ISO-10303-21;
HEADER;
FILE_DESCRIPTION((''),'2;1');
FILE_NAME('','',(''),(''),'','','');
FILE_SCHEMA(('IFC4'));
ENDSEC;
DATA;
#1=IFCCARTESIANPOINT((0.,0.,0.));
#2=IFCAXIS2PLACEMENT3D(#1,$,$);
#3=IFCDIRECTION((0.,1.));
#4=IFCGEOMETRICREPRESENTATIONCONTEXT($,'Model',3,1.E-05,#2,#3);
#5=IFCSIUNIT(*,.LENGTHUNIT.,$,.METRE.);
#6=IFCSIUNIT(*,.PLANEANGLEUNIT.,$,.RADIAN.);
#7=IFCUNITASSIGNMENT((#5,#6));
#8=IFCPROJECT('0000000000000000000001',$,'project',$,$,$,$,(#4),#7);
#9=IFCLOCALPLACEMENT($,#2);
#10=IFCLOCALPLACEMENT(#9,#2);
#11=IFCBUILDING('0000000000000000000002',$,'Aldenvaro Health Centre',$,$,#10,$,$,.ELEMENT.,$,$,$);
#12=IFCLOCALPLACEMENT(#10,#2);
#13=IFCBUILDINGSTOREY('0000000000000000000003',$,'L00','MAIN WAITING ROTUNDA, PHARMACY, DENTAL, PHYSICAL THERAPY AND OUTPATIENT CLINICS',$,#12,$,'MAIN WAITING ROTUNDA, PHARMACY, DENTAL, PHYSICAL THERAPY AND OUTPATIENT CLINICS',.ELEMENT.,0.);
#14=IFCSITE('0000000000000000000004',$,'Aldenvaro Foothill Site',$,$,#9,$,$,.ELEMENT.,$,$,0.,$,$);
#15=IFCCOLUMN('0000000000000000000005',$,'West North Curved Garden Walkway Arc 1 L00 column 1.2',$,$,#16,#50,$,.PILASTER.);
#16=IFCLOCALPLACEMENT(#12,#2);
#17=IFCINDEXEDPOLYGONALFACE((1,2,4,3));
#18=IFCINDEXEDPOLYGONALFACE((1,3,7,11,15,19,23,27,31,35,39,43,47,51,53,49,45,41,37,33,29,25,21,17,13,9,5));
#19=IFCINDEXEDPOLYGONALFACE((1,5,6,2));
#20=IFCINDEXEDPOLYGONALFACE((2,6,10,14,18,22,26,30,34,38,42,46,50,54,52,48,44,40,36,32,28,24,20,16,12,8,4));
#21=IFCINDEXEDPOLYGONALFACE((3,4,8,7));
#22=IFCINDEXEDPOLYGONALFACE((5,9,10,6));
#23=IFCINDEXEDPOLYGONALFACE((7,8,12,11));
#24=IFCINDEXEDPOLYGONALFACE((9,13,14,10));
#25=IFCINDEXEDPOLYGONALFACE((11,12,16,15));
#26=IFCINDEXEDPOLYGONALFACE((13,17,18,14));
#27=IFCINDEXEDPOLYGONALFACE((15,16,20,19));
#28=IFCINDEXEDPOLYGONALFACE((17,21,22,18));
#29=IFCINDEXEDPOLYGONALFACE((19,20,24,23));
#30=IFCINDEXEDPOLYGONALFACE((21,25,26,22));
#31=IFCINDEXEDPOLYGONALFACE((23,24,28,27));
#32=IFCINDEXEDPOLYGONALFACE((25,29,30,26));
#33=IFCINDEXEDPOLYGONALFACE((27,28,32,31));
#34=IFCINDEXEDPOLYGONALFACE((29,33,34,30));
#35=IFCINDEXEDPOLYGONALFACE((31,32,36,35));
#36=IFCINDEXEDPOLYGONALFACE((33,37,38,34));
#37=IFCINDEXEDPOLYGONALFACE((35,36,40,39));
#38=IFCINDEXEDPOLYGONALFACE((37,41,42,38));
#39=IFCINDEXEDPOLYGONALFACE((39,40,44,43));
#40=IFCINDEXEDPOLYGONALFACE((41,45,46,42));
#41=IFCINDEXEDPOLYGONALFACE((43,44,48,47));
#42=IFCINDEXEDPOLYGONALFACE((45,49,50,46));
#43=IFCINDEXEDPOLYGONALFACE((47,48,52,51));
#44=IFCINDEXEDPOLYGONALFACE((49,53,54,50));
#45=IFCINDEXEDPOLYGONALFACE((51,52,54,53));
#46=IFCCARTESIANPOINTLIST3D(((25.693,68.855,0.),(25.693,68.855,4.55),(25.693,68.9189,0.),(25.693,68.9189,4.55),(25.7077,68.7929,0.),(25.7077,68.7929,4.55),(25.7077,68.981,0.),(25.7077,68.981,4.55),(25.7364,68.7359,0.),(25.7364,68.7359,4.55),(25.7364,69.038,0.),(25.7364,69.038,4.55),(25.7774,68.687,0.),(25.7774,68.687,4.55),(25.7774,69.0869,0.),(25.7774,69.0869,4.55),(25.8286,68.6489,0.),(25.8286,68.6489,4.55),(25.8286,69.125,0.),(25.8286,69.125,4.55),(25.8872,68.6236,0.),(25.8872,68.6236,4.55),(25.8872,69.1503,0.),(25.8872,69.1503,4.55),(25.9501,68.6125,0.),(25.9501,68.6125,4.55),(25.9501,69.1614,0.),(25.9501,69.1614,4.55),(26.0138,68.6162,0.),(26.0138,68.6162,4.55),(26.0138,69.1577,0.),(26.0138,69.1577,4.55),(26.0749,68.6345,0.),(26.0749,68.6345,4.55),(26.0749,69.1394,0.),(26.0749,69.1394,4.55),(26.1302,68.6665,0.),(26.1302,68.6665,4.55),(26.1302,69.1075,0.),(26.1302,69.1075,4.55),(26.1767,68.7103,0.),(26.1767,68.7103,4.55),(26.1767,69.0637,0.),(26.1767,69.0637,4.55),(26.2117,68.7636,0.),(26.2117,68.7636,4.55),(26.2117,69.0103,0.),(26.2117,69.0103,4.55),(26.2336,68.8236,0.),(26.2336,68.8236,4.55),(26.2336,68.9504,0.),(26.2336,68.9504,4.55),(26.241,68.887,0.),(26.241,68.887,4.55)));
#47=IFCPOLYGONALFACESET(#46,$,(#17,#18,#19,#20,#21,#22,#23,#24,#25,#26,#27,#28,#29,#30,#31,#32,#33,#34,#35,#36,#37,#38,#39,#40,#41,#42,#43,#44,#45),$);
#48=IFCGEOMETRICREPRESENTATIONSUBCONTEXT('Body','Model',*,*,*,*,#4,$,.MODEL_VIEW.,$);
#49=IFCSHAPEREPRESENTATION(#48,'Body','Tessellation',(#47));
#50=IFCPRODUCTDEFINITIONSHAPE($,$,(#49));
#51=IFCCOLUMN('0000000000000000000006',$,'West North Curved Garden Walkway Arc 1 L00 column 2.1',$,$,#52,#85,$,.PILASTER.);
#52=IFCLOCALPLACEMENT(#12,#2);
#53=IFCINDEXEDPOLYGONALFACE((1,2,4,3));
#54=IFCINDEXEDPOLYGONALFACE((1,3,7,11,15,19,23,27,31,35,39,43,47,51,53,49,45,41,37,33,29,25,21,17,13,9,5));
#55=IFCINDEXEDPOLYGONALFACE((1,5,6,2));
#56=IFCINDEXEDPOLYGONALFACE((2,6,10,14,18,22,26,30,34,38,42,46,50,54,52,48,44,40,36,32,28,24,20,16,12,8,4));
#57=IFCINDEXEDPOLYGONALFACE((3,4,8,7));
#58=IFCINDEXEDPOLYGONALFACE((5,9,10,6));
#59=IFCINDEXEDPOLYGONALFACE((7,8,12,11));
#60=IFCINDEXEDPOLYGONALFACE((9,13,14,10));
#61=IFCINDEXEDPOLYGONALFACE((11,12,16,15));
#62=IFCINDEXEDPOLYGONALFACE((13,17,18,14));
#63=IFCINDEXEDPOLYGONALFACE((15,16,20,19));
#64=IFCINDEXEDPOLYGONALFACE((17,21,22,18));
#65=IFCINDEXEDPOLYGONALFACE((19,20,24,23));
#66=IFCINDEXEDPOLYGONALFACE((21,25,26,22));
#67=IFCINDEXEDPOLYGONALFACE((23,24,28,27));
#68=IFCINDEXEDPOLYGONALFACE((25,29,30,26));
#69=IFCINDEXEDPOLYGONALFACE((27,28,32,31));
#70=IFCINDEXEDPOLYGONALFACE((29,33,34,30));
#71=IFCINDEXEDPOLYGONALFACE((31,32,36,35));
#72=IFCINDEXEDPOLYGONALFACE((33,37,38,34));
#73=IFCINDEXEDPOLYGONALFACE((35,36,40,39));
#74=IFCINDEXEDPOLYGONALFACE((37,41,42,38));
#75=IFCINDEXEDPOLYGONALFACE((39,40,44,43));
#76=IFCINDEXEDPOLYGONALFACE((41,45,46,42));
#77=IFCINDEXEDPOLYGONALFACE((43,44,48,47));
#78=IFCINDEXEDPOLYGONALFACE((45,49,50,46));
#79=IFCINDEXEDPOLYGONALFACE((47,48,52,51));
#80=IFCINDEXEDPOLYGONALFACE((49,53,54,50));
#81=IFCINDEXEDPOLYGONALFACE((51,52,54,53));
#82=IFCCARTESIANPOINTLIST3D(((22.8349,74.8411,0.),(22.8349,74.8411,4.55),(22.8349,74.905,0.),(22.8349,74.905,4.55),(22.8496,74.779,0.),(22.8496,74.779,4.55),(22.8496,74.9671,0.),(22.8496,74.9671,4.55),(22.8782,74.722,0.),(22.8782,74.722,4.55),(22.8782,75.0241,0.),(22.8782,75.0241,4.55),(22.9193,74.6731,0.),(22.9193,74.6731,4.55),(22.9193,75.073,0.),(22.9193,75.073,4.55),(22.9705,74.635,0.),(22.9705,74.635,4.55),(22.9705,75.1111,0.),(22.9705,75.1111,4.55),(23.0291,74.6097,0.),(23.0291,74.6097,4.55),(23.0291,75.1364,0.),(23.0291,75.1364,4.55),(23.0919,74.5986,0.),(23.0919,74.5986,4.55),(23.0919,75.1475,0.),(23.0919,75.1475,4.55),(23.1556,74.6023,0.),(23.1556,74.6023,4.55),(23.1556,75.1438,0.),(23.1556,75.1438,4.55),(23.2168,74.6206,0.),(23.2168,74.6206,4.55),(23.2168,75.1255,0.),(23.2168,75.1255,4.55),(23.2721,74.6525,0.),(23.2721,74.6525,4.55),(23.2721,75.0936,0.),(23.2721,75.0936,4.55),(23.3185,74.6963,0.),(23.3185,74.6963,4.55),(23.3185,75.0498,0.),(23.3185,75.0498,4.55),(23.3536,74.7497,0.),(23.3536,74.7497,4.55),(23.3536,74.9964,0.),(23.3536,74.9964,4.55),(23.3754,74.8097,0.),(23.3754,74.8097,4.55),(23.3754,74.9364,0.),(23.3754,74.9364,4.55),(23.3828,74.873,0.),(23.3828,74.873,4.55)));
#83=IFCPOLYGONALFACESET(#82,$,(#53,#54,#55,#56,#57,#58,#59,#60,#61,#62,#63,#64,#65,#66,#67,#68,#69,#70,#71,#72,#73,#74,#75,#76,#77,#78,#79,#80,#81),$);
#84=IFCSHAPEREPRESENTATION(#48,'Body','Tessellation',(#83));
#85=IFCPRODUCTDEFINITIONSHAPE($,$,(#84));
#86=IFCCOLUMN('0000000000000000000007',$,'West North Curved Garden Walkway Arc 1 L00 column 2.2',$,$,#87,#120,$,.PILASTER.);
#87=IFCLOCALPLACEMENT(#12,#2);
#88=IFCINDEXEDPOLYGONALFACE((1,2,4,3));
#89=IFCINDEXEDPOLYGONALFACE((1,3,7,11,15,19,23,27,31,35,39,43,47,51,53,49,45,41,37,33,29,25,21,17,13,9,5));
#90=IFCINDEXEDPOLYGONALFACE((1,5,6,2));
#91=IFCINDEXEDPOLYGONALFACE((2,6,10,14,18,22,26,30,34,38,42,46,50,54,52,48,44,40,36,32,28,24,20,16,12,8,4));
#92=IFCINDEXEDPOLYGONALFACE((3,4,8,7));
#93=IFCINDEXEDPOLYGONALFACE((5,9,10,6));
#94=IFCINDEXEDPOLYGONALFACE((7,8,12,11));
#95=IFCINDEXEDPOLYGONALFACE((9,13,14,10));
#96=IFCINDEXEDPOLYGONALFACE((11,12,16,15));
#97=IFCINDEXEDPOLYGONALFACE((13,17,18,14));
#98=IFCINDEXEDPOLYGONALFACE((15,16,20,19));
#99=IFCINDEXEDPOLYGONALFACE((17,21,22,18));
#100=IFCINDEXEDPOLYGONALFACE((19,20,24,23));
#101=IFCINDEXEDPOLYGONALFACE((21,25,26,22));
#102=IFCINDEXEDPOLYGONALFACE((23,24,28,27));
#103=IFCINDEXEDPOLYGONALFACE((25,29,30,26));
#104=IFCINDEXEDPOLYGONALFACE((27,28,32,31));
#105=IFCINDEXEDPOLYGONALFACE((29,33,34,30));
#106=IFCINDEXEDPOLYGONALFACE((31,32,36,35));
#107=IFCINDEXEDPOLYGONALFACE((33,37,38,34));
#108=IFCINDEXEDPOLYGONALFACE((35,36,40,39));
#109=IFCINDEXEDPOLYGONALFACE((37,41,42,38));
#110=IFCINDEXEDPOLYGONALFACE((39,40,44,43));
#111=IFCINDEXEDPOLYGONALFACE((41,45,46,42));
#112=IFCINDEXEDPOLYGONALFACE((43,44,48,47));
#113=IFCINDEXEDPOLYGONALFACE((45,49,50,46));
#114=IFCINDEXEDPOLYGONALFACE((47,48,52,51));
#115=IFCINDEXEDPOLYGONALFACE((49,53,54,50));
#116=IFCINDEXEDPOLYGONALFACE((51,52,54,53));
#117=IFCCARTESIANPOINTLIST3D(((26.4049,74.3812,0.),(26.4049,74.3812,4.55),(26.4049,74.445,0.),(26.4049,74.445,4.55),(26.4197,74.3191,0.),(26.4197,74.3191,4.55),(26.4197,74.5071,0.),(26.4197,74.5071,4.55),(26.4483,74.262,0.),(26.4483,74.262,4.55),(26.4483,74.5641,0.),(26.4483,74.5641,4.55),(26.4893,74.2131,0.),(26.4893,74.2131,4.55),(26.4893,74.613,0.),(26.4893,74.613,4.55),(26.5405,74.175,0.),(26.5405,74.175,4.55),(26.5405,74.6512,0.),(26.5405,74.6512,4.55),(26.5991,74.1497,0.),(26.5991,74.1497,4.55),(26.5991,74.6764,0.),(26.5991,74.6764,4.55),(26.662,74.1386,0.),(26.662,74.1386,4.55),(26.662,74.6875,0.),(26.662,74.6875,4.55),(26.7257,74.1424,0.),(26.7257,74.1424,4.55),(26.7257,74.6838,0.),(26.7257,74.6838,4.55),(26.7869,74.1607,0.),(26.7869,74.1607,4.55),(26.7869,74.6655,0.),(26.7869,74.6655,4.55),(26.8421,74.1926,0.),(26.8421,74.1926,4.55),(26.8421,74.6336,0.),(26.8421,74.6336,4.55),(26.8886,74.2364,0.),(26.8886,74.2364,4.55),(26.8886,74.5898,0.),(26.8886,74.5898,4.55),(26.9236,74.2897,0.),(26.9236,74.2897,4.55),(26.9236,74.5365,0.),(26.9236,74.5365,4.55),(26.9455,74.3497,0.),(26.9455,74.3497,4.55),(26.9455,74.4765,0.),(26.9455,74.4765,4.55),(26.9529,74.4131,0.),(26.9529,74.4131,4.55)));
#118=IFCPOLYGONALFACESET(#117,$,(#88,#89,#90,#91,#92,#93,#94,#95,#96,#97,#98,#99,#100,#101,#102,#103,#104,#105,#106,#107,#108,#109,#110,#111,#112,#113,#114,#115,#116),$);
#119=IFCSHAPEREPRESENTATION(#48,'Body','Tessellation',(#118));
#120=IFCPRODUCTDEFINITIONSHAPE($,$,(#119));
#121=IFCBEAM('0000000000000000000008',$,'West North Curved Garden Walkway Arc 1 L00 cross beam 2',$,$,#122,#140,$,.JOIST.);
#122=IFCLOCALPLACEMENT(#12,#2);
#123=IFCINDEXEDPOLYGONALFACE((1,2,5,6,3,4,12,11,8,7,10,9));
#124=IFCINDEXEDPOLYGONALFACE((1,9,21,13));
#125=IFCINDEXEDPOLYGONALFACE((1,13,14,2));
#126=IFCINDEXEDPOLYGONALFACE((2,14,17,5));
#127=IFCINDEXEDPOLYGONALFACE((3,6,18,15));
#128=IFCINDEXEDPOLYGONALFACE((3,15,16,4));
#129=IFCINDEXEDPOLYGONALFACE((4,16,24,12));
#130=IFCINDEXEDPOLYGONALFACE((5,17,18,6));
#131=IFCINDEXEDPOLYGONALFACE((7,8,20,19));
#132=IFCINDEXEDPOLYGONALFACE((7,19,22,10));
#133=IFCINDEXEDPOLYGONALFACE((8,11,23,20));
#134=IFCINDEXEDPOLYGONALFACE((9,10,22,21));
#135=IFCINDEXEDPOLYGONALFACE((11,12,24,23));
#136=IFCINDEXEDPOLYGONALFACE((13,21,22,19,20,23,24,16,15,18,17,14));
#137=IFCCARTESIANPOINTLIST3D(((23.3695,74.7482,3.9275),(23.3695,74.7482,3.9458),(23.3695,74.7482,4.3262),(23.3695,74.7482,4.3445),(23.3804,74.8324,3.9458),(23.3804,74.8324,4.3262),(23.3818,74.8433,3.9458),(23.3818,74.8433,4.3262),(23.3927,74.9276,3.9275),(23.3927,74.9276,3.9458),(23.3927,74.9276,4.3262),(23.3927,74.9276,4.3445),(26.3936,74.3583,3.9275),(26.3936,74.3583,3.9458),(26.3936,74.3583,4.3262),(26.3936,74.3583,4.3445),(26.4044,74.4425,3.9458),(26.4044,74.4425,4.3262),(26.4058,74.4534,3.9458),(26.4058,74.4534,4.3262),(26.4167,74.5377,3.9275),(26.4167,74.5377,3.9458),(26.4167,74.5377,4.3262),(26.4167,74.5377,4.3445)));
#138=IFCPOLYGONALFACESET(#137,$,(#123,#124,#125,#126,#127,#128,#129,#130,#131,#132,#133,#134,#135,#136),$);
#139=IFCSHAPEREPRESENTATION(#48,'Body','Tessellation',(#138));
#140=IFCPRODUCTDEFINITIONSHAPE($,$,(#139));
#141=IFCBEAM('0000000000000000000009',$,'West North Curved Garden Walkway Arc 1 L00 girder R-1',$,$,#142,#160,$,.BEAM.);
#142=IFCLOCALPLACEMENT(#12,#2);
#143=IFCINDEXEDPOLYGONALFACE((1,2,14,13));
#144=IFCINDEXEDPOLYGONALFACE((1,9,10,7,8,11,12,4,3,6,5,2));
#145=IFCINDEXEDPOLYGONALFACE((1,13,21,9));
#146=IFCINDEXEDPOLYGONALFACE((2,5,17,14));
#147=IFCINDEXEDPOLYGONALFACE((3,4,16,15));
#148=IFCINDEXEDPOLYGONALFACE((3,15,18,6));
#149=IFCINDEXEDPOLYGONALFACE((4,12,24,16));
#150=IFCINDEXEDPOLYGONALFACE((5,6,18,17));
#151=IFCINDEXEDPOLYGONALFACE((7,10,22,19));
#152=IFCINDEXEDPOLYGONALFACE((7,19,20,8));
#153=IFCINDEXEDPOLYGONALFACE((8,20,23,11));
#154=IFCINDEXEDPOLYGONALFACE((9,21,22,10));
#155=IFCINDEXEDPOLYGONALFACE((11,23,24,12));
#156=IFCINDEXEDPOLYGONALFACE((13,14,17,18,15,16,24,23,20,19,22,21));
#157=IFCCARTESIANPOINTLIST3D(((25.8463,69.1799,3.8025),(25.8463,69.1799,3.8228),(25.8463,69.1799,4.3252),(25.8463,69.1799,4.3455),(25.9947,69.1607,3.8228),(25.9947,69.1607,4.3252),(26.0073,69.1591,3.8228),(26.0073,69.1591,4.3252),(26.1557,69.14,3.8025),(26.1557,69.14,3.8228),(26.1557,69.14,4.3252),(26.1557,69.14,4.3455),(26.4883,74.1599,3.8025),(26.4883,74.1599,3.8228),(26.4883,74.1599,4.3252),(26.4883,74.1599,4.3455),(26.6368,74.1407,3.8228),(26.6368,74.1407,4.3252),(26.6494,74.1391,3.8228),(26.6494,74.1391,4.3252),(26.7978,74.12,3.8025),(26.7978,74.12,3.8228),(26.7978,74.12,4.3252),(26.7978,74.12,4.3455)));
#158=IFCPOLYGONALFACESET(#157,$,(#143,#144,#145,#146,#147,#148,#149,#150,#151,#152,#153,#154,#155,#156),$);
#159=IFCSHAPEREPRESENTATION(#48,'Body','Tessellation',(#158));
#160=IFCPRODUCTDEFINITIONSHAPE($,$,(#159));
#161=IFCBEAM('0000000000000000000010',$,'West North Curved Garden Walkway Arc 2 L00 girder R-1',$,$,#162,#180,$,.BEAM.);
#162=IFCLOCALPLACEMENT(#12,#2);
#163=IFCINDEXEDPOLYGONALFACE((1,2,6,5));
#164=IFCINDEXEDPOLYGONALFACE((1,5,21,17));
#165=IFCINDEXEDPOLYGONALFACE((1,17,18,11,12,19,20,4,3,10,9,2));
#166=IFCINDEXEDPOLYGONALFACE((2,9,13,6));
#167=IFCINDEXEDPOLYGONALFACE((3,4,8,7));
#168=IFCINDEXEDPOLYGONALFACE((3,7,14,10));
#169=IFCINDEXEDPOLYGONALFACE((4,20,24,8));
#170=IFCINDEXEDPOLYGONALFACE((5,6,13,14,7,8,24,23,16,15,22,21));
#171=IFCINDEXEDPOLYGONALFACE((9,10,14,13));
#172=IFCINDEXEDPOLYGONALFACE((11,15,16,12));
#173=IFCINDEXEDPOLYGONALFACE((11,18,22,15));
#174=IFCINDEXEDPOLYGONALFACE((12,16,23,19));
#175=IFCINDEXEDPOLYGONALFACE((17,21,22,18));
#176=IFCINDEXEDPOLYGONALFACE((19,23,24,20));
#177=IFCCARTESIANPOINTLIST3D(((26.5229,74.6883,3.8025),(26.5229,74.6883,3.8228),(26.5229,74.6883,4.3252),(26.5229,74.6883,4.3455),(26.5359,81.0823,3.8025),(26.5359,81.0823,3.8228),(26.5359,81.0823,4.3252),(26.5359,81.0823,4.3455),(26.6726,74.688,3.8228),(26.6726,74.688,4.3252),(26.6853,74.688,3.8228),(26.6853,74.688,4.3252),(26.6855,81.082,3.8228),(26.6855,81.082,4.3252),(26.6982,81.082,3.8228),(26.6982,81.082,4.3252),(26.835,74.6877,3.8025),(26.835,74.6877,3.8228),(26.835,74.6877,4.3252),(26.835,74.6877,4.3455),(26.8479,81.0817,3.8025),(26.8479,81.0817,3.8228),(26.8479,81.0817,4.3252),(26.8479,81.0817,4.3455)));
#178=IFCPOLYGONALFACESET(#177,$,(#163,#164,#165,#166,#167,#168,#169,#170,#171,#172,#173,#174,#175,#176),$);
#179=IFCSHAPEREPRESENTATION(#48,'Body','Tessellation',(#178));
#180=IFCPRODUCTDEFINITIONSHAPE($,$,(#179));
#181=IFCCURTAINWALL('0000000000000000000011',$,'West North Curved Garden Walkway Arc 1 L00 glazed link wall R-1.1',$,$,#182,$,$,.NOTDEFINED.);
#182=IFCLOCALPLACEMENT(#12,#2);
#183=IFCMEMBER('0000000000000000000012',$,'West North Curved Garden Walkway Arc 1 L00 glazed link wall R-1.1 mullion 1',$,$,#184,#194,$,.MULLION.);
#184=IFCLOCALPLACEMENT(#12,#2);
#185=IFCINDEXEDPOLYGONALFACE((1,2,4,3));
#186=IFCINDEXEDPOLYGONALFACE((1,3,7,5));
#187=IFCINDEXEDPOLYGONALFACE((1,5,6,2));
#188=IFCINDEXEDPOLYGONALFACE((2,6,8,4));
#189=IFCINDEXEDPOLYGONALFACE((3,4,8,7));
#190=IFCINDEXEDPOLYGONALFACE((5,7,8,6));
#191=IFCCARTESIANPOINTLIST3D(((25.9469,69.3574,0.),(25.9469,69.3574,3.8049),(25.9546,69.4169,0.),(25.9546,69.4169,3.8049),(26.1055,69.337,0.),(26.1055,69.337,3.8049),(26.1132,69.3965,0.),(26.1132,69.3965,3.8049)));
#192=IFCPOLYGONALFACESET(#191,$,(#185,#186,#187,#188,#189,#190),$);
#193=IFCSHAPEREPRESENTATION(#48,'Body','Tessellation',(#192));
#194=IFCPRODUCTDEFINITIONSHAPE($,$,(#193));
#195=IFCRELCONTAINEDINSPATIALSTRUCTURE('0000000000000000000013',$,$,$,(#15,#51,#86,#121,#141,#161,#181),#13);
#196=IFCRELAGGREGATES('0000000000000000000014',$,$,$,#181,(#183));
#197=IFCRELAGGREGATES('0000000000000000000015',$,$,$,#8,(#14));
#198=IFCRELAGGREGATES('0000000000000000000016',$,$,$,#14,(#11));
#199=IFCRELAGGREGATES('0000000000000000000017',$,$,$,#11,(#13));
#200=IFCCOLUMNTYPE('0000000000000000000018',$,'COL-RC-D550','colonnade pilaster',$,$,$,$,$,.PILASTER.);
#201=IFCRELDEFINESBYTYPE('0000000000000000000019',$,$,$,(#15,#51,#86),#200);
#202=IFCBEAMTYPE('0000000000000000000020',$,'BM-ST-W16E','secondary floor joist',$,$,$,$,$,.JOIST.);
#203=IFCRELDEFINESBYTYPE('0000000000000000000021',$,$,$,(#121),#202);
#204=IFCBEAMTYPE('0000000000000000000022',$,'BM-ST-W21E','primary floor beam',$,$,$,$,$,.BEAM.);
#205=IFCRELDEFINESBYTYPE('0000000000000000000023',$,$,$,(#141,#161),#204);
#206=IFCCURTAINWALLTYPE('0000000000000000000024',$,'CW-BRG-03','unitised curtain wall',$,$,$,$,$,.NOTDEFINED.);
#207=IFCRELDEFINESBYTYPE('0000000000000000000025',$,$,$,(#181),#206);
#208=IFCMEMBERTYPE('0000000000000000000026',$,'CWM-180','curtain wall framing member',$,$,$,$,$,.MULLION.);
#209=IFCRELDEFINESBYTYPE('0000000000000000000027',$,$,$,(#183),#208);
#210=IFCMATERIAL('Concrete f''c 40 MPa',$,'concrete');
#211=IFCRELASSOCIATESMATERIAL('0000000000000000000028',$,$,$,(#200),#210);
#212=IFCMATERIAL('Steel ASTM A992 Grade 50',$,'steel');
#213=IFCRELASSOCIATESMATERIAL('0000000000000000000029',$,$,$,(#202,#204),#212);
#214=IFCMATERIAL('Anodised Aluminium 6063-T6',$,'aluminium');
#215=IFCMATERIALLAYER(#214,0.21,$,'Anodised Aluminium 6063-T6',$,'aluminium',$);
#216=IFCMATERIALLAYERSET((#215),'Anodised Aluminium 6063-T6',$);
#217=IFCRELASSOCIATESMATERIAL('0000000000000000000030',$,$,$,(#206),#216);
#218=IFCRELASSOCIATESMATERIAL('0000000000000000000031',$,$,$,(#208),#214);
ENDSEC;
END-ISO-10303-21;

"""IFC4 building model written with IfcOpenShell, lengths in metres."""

from ifc_helpers import new_model, si_unit, direction, frame, origin, origin_2d, place, context, subcontext, project, spatial, rectangle, circle, i_section, extrude, material, layer, layer_set, material_profile, profile_set, type_object, element, aggregate, save


model = new_model("IFC4")

# Units and contexts
model_context = context("Model", 3, precision=1e-05, world=origin(), true_north=direction((0.0, 1.0)))
body_context = subcontext(model_context, "Body", "Model", "MODEL_VIEW")
ifc_project = project(units=[si_unit("LENGTHUNIT", "METRE"), si_unit("PLANEANGLEUNIT", "RADIAN")], contexts=[model_context])

# Site, building, storey
site_placement = place(None, origin())
site = spatial("IfcSite", under=ifc_project, at=site_placement, Name="Aldenvaro Foothill Site", CompositionType="ELEMENT", RefElevation=0.0)
building_placement = place(site_placement, origin())
building = spatial("IfcBuilding", under=site, at=building_placement, Name="Aldenvaro Health Centre", CompositionType="ELEMENT")
storey_placement = place(building_placement, origin())
storey = spatial("IfcBuildingStorey", under=building, at=storey_placement, Name="L00", Description="MAIN WAITING ROTUNDA, PHARMACY, DENTAL, PHYSICAL THERAPY AND OUTPATIENT CLINICS", LongName="MAIN WAITING ROTUNDA, PHARMACY, DENTAL, PHYSICAL THERAPY AND OUTPATIENT CLINICS", CompositionType="ELEMENT", Elevation=0.0)

# Columns
ifc_material_1 = material(Name="Concrete f'c 40 MPa", Category="concrete")
ifc_material_profile_1 = material_profile(ifc_material_1, circle(Radius=0.2749, at=origin_2d()), Name="RC D550", Category="concrete")
ifc_profile_set_1 = profile_set([ifc_material_profile_1], Name="Concrete f'c 40 MPa")
column_type = type_object("IfcColumnType", Name="COL-RC-D550", Description="colonnade pilaster", PredefinedType="PILASTER", material=ifc_profile_set_1)
for number, where, z_axis, x_axis, name in (
    (1, (25.9661, 68.887, 0.0), (0.0, 0.0, 1.0), (1.0, 0.0, 0.0), "West North Curved Garden Walkway Arc 1 L00 column 1.2"),
    (2, (23.1079, 74.873, 0.0), (0.0, 0.0, 1.0), (1.0, 0.0, 0.0), "West North Curved Garden Walkway Arc 1 L00 column 2.1"),
    (3, (26.678, 74.4131, 0.0), (0.0, 0.0, 1.0), (1.0, 0.0, 0.0), "West North Curved Garden Walkway Arc 1 L00 column 2.2"),
):
    element("IfcColumn", number, at=place(storey_placement, frame(where, z_axis=z_axis, x_axis=x_axis)), inside=storey, type_object=column_type, Name=name, PredefinedType="PILASTER", context=body_context, shape_type="SweptSolid", body=[
        extrude(circle(Radius=0.2749, at=origin_2d()), origin(), (0.0, 0.0, 1.0), 4.55),
    ])

# Beams
ifc_material_2 = material(Name="Steel ASTM A992 Grade 50", Category="steel")
ifc_material_profile_2 = material_profile(ifc_material_2, i_section(OverallWidth=0.1809, OverallDepth=0.417, WebThickness=0.011, FlangeThickness=0.0183, at=origin_2d()), Name="W16X57", Category="steel")
ifc_profile_set_2 = profile_set([ifc_material_profile_2], Name="Steel ASTM A992 Grade 50")
beam_type_1 = type_object("IfcBeamType", Name="BM-ST-W16E", Description="secondary floor joist", PredefinedType="JOIST", material=ifc_profile_set_2)
beam_1_placement = place(storey_placement, frame((23.3811, 74.8379, 4.136), z_axis=(0.99179, -0.127877, 0.0), x_axis=(0.127877, 0.99179, 0.0)))
element("IfcBeam", 4, at=beam_1_placement, inside=storey, type_object=beam_type_1, Name="West North Curved Garden Walkway Arc 1 L00 cross beam 2", PredefinedType="JOIST", context=body_context, shape_type="SweptSolid", body=[
    extrude(i_section(OverallWidth=0.1809, OverallDepth=0.417, WebThickness=0.011, FlangeThickness=0.0183, at=origin_2d()), origin(), (0.0, 0.0, 1.0), 3.0491),
])
ifc_material_profile_3 = material_profile(ifc_material_2, i_section(OverallWidth=0.312, OverallDepth=0.543, WebThickness=0.0127, FlangeThickness=0.0203, at=origin_2d()), Name="W21X101", Category="steel")
ifc_profile_set_3 = profile_set([ifc_material_profile_3], Name="Steel ASTM A992 Grade 50")
beam_type_2 = type_object("IfcBeamType", Name="BM-ST-W21E", Description="primary floor beam", PredefinedType="BEAM", material=ifc_profile_set_3)
beam_2_placement = place(storey_placement, frame((26.001, 69.1599, 4.074), z_axis=(0.127876, 0.99179, 0.0), x_axis=(-0.99179, 0.127876, 0.0)))
element("IfcBeam", 5, at=beam_2_placement, inside=storey, type_object=beam_type_2, Name="West North Curved Garden Walkway Arc 1 L00 girder R-1", PredefinedType="BEAM", context=body_context, shape_type="SweptSolid", body=[
    extrude(i_section(OverallWidth=0.312, OverallDepth=0.543, WebThickness=0.0127, FlangeThickness=0.0203, at=origin_2d()), origin(), (0.0, 0.0, 1.0), 5.0212),
])
beam_3_placement = place(storey_placement, frame((26.679, 74.688, 4.074), z_axis=(0.002024, 0.999998, 0.0), x_axis=(-0.999998, 0.002024, 0.0)))
element("IfcBeam", 6, at=beam_3_placement, inside=storey, type_object=beam_type_2, Name="West North Curved Garden Walkway Arc 2 L00 girder R-1", PredefinedType="BEAM", context=body_context, shape_type="SweptSolid", body=[
    extrude(i_section(OverallWidth=0.312, OverallDepth=0.543, WebThickness=0.0127, FlangeThickness=0.0203, at=origin_2d()), origin(), (0.0, 0.0, 1.0), 6.394),
])

# Curtain wall, member
ifc_material_3 = material(Name="Anodised Aluminium 6063-T6", Category="aluminium")
ifc_layer_1 = layer(ifc_material_3, 0.21, Name="Anodised Aluminium 6063-T6", Category="aluminium")
ifc_layer_set_1 = layer_set([ifc_layer_1], Name="Anodised Aluminium 6063-T6")
curtain_wall_type = type_object("IfcCurtainWallType", Name="CW-BRG-03", Description="unitised curtain wall", PredefinedType="NOTDEFINED", material=ifc_layer_set_1)
curtain_wall_1_placement = place(storey_placement, origin())
curtain_wall_1 = element("IfcCurtainWall", 7, at=curtain_wall_1_placement, inside=storey, type_object=curtain_wall_type, Name="West North Curved Garden Walkway Arc 1 L00 glazed link wall R-1.1", PredefinedType="NOTDEFINED")
ifc_material_profile_4 = material_profile(ifc_material_3, rectangle(XDim=0.0601, YDim=0.1599, at=origin_2d()), Name="ALU 60x160", Category="aluminium")
ifc_profile_set_4 = profile_set([ifc_material_profile_4], Name="Anodised Aluminium 6063-T6")
member_type_1 = type_object("IfcMemberType", Name="CWM-180", Description="curtain wall framing member", PredefinedType="MULLION", material=ifc_profile_set_4)
member_1_placement = place(storey_placement, frame((26.03, 69.377, 0.0), z_axis=(0.0, 0.0, 1.0), x_axis=(0.127632, 0.991822, 0.0)))
member_1 = element("IfcMember", 8, at=member_1_placement, type_object=member_type_1, Name="West North Curved Garden Walkway Arc 1 L00 glazed link wall R-1.1 mullion 1", PredefinedType="MULLION", context=body_context, shape_type="SweptSolid", body=[
    extrude(rectangle(XDim=0.0601, YDim=0.1599, at=origin_2d()), origin(), (0.0, 0.0, 1.0), 3.8049),
])

aggregate(curtain_wall_1, [member_1])

save(model, "model.ifc")
